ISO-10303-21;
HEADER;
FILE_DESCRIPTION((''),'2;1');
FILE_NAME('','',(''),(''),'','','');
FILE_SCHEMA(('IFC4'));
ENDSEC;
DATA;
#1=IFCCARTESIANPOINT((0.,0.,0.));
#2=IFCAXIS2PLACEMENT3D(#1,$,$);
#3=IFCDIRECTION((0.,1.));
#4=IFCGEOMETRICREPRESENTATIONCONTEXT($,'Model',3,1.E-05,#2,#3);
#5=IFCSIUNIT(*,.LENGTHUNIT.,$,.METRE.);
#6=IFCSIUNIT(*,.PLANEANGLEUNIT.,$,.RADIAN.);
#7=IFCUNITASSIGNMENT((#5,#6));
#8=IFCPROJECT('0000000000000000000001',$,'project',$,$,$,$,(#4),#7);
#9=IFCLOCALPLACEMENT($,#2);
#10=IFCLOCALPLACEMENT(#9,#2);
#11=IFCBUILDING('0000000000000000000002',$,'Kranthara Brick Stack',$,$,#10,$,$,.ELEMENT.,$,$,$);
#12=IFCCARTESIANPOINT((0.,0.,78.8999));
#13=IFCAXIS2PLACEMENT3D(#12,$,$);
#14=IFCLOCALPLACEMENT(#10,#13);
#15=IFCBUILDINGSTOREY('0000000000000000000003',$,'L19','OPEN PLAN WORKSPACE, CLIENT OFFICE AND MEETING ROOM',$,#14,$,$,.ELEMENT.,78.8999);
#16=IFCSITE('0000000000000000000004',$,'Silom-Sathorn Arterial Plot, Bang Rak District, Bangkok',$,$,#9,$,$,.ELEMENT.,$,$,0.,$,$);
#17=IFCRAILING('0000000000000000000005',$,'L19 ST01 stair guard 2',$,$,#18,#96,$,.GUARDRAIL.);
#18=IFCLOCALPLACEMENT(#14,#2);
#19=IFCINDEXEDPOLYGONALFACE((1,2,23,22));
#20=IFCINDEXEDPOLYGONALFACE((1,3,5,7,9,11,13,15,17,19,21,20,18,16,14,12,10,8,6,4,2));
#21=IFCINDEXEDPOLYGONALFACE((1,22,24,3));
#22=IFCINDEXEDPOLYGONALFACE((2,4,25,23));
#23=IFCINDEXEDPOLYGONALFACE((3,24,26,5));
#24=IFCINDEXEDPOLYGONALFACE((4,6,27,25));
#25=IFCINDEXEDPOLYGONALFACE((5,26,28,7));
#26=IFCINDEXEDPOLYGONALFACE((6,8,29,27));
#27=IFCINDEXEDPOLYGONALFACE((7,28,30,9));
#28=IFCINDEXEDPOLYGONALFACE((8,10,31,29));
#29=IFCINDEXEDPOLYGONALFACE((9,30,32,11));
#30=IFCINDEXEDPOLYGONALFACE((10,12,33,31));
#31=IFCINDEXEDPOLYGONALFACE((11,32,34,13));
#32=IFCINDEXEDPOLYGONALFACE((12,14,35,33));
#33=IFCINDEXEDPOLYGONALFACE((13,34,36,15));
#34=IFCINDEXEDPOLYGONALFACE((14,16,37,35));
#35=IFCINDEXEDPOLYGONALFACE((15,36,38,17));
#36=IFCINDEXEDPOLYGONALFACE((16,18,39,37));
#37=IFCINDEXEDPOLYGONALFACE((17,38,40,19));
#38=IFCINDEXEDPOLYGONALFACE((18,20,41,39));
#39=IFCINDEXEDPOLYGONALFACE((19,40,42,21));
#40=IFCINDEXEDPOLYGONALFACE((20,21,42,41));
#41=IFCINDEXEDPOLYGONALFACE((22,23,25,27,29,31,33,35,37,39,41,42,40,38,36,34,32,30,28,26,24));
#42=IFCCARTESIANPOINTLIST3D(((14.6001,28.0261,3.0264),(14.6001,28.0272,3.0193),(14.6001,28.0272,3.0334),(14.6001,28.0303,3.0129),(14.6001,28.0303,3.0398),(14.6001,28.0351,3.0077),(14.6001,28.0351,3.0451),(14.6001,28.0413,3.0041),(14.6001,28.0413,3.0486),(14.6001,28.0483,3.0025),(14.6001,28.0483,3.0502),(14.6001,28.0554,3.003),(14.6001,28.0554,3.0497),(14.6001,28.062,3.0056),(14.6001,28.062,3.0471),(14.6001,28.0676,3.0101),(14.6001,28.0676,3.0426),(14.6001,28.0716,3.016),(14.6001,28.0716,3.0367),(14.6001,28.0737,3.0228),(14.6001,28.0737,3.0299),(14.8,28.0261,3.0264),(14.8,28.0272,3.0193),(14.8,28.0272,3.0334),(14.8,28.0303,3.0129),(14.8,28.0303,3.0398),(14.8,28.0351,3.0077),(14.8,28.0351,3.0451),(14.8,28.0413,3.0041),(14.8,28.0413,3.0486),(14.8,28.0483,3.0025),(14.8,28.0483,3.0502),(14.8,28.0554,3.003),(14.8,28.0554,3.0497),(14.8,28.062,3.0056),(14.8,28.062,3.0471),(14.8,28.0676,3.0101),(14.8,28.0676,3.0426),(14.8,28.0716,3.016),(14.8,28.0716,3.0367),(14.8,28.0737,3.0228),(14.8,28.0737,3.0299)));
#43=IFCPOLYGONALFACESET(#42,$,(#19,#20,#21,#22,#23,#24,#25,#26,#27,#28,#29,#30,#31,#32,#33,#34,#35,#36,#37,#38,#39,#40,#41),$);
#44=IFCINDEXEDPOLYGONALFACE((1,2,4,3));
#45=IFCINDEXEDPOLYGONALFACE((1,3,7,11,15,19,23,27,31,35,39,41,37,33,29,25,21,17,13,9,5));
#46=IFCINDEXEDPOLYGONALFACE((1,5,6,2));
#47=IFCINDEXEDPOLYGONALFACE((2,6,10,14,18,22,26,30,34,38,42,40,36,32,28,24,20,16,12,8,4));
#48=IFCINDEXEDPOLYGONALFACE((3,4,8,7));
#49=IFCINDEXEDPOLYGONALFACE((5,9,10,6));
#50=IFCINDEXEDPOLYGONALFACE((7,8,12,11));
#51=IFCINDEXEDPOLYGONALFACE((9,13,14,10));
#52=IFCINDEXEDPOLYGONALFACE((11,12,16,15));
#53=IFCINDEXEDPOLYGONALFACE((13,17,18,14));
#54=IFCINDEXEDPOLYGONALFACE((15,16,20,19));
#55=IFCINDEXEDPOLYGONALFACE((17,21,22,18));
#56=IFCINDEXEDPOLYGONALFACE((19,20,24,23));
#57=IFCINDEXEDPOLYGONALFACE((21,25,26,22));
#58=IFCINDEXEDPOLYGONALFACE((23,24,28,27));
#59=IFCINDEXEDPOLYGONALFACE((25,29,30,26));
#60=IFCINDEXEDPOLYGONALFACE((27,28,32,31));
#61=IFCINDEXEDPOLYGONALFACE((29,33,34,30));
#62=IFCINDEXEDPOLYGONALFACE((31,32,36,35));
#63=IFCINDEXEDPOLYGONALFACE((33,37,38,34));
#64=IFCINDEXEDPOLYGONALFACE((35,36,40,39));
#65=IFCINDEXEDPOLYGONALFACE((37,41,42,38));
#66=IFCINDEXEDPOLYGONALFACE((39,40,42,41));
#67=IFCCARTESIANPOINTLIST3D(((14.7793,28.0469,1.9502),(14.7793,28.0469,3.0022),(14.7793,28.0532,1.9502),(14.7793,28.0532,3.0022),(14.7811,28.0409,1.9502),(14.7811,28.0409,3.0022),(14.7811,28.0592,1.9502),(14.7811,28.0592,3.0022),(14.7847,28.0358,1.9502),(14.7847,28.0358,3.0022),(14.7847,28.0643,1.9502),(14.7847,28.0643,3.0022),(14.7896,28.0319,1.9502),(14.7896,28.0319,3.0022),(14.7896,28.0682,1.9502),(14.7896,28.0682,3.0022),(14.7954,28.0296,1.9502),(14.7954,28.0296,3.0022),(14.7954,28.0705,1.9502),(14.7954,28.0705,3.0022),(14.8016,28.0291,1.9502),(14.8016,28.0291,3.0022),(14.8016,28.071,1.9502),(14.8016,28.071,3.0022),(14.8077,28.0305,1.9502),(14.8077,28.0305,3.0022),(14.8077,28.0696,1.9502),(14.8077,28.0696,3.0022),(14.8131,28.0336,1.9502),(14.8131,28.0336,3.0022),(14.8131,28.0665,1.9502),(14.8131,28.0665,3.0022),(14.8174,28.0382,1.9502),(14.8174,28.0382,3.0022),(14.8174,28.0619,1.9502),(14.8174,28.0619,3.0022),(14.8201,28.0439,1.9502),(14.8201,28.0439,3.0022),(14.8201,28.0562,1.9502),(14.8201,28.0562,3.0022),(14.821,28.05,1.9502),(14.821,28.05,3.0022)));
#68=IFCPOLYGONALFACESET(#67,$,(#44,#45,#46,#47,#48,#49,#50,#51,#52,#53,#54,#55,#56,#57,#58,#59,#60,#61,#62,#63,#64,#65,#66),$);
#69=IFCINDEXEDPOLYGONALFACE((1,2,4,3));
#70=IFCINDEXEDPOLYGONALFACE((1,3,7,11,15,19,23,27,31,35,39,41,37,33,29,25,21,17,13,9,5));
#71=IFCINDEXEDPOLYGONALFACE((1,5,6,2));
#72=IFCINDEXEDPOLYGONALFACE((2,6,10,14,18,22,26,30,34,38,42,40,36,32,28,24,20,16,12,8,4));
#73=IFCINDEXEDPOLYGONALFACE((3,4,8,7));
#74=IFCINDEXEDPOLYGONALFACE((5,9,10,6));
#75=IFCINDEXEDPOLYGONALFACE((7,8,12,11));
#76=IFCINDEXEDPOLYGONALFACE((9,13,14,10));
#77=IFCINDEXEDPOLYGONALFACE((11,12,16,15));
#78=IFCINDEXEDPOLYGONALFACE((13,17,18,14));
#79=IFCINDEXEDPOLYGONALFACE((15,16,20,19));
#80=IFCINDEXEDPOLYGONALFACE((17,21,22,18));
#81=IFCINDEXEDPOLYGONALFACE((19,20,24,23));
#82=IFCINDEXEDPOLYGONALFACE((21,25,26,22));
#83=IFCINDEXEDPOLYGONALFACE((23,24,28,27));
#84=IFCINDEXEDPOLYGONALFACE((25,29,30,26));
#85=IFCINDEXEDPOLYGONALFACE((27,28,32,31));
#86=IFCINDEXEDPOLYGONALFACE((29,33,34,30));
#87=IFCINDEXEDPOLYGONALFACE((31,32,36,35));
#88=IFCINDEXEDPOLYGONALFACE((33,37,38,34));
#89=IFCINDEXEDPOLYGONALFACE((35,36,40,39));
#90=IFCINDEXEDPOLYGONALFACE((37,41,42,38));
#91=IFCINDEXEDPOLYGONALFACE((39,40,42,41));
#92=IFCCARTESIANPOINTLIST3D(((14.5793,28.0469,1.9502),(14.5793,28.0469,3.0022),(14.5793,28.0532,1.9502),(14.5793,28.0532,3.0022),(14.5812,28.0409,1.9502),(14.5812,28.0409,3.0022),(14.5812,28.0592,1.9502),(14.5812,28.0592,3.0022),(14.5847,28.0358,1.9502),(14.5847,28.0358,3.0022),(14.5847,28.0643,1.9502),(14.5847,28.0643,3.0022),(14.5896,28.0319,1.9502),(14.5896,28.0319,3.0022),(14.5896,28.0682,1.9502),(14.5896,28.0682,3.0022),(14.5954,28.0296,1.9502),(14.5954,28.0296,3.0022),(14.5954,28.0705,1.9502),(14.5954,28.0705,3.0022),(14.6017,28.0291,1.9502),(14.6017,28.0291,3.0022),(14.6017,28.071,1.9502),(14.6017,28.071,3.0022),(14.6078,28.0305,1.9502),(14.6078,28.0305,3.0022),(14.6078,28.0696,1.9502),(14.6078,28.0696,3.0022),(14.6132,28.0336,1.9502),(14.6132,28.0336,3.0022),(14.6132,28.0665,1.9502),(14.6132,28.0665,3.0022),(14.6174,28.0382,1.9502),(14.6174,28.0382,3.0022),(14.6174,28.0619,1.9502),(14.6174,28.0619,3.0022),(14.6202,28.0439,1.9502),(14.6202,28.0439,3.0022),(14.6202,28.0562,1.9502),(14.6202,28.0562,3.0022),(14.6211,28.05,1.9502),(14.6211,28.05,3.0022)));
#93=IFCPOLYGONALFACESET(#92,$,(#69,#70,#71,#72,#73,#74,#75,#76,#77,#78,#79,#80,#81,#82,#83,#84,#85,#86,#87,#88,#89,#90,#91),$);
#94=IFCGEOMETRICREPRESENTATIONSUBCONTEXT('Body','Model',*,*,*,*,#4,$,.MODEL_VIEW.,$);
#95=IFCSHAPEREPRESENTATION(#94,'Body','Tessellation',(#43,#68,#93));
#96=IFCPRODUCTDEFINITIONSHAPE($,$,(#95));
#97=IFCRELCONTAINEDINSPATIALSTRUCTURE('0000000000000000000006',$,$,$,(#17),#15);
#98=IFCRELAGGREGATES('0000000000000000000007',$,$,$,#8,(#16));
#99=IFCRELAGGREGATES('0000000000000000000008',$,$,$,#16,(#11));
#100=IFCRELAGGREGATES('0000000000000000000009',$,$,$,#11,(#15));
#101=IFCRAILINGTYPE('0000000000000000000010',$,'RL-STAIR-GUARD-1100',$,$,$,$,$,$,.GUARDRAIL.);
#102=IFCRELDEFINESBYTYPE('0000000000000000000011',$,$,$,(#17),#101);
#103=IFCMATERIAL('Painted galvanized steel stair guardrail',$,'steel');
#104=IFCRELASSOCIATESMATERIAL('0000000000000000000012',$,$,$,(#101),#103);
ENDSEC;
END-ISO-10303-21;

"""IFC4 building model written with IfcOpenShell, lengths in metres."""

from ifc_helpers import new_model, si_unit, direction, frame, origin, origin_2d, place, context, subcontext, project, spatial, circle, extrude, material, type_object, element, save


model = new_model("IFC4")

# Units and contexts
model_context = context("Model", 3, precision=1e-05, world=origin(), true_north=direction((0.0, 1.0)))
body_context = subcontext(model_context, "Body", "Model", "MODEL_VIEW")
ifc_project = project(units=[si_unit("LENGTHUNIT", "METRE"), si_unit("PLANEANGLEUNIT", "RADIAN")], contexts=[model_context])

# Site, building, storey
site_placement = place(None, origin())
site = spatial("IfcSite", under=ifc_project, at=site_placement, Name="Silom-Sathorn Arterial Plot, Bang Rak District, Bangkok", CompositionType="ELEMENT", RefElevation=0.0)
building_placement = place(site_placement, origin())
building = spatial("IfcBuilding", under=site, at=building_placement, Name="Kranthara Brick Stack", CompositionType="ELEMENT")
storey_placement = place(building_placement, frame((0.0, 0.0, 78.8999)))
storey = spatial("IfcBuildingStorey", under=building, at=storey_placement, Name="L19", Description="OPEN PLAN WORKSPACE, CLIENT OFFICE AND MEETING ROOM", CompositionType="ELEMENT", Elevation=78.8999)

# Railing
ifc_material_1 = material(Name="Painted galvanized steel stair guardrail", Category="steel")
railing_type_1 = type_object("IfcRailingType", Name="RL-STAIR-GUARD-1100", PredefinedType="GUARDRAIL", material=ifc_material_1)
railing_1_placement = place(storey_placement, frame((14.8, 28.05, 1.9502)))
element("IfcRailing", 1, at=railing_1_placement, inside=storey, type_object=railing_type_1, Name="L19 ST01 stair guard 2", PredefinedType="GUARDRAIL", context=body_context, shape_type="SweptSolid", body=[
    extrude(circle(Radius=0.0239, at=origin_2d()), frame((0.0, 0.0, 1.0762), z_axis=(-1.0, 0.0, 0.0), x_axis=(0.0, -1.0, 0.0)), (0.0, 0.0, 1.0), 0.2),
    extrude(circle(Radius=0.021, at=origin_2d()), origin(), (0.0, 0.0, 1.0), 1.052),
    extrude(circle(Radius=0.021, at=origin_2d()), frame((-0.2, 0.0, 0.0)), (0.0, 0.0, 1.0), 1.052),
])

save(model, "model.ifc")
